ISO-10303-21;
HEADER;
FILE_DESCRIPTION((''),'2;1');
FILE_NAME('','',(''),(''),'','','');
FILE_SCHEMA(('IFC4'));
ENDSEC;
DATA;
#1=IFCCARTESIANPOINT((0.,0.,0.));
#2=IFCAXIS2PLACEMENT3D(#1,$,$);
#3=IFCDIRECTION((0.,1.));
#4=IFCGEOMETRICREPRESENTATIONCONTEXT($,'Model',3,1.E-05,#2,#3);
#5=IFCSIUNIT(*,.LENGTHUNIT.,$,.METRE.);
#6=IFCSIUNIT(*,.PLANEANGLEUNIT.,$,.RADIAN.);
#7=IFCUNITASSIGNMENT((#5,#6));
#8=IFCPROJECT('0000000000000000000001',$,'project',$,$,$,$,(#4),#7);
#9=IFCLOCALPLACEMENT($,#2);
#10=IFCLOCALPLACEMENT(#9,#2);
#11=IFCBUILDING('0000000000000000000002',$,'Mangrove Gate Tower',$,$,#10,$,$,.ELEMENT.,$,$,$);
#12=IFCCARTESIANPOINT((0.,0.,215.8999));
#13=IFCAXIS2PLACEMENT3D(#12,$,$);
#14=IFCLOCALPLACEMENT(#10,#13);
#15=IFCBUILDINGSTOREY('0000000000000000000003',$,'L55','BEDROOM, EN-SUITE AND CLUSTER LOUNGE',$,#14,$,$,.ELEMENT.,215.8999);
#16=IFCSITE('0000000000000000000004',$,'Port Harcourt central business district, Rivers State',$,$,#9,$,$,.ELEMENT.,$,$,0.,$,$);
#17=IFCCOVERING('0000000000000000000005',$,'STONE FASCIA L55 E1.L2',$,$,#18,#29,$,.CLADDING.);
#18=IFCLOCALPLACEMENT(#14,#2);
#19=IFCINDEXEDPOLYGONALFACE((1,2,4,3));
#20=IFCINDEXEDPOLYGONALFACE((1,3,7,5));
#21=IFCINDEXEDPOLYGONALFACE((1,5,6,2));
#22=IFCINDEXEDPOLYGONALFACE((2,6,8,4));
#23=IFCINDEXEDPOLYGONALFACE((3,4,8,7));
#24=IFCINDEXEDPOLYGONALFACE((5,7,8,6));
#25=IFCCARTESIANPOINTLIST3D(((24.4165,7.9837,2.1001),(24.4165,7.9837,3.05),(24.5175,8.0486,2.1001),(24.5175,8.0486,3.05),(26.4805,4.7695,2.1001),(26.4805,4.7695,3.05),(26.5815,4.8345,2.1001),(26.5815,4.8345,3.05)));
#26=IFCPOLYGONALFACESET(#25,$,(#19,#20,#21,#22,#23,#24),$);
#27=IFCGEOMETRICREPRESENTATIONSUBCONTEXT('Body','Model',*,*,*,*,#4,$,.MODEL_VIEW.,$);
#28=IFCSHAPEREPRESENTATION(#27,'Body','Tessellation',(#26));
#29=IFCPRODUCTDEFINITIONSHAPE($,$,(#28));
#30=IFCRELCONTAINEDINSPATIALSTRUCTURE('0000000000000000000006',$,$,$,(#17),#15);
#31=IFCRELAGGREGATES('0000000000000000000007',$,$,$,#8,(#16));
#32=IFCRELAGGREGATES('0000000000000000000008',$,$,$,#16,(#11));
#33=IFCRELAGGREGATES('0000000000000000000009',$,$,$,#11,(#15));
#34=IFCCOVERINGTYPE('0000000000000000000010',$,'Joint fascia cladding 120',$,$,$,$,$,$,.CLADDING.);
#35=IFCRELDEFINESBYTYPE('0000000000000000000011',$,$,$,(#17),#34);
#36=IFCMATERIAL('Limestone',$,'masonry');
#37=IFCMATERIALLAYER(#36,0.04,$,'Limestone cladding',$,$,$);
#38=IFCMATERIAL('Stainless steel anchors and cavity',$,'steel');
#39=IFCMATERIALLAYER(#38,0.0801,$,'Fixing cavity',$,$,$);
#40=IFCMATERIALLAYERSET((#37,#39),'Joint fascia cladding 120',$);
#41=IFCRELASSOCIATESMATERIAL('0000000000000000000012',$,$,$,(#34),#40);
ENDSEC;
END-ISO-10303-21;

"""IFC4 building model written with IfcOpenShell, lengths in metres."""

from ifc_helpers import new_model, si_unit, direction, frame, frame_2d, origin, place, context, subcontext, project, spatial, rectangle, extrude, material, layer, layer_set, type_object, element, save


model = new_model("IFC4")

# Units and contexts
model_context = context("Model", 3, precision=1e-05, world=origin(), true_north=direction((0.0, 1.0)))
body_context = subcontext(model_context, "Body", "Model", "MODEL_VIEW")
ifc_project = project(units=[si_unit("LENGTHUNIT", "METRE"), si_unit("PLANEANGLEUNIT", "RADIAN")], contexts=[model_context])

# Site, building, storey
site_placement = place(None, origin())
site = spatial("IfcSite", under=ifc_project, at=site_placement, Name="Port Harcourt central business district, Rivers State", CompositionType="ELEMENT", RefElevation=0.0)
building_placement = place(site_placement, origin())
building = spatial("IfcBuilding", under=site, at=building_placement, Name="Mangrove Gate Tower", CompositionType="ELEMENT")
storey_placement = place(building_placement, frame((0.0, 0.0, 215.8999)))
storey = spatial("IfcBuildingStorey", under=building, at=storey_placement, Name="L55", Description="BEDROOM, EN-SUITE AND CLUSTER LOUNGE", CompositionType="ELEMENT", Elevation=215.8999)

# Shared definitions
ifc_material_1 = material(Name="Limestone", Category="masonry")

# Covering
ifc_layer_1 = layer(ifc_material_1, 0.04, Name="Limestone cladding")
ifc_material_2 = material(Name="Stainless steel anchors and cavity", Category="steel")
ifc_layer_2 = layer(ifc_material_2, 0.0801, Name="Fixing cavity")
ifc_layer_set_1 = layer_set([ifc_layer_1, ifc_layer_2], Name="Joint fascia cladding 120")
covering_type = type_object("IfcCoveringType", Name="Joint fascia cladding 120", PredefinedType="CLADDING", material=ifc_layer_set_1)
covering_placement = place(storey_placement, frame((26.531, 4.802, 2.1001), z_axis=(0.0, 0.0, 1.0), x_axis=(-0.540341, 0.841446, 0.0)))
element("IfcCovering", 1, at=covering_placement, inside=storey, type_object=covering_type, Name="STONE FASCIA L55 E1.L2", PredefinedType="CLADDING", context=body_context, shape_type="SweptSolid", body=[
    extrude(rectangle(XDim=3.8198, YDim=0.1201, at=frame_2d((1.9099, 0.0))), origin(), (0.0, 0.0, 1.0), 0.95),
])

save(model, "model.ifc")
